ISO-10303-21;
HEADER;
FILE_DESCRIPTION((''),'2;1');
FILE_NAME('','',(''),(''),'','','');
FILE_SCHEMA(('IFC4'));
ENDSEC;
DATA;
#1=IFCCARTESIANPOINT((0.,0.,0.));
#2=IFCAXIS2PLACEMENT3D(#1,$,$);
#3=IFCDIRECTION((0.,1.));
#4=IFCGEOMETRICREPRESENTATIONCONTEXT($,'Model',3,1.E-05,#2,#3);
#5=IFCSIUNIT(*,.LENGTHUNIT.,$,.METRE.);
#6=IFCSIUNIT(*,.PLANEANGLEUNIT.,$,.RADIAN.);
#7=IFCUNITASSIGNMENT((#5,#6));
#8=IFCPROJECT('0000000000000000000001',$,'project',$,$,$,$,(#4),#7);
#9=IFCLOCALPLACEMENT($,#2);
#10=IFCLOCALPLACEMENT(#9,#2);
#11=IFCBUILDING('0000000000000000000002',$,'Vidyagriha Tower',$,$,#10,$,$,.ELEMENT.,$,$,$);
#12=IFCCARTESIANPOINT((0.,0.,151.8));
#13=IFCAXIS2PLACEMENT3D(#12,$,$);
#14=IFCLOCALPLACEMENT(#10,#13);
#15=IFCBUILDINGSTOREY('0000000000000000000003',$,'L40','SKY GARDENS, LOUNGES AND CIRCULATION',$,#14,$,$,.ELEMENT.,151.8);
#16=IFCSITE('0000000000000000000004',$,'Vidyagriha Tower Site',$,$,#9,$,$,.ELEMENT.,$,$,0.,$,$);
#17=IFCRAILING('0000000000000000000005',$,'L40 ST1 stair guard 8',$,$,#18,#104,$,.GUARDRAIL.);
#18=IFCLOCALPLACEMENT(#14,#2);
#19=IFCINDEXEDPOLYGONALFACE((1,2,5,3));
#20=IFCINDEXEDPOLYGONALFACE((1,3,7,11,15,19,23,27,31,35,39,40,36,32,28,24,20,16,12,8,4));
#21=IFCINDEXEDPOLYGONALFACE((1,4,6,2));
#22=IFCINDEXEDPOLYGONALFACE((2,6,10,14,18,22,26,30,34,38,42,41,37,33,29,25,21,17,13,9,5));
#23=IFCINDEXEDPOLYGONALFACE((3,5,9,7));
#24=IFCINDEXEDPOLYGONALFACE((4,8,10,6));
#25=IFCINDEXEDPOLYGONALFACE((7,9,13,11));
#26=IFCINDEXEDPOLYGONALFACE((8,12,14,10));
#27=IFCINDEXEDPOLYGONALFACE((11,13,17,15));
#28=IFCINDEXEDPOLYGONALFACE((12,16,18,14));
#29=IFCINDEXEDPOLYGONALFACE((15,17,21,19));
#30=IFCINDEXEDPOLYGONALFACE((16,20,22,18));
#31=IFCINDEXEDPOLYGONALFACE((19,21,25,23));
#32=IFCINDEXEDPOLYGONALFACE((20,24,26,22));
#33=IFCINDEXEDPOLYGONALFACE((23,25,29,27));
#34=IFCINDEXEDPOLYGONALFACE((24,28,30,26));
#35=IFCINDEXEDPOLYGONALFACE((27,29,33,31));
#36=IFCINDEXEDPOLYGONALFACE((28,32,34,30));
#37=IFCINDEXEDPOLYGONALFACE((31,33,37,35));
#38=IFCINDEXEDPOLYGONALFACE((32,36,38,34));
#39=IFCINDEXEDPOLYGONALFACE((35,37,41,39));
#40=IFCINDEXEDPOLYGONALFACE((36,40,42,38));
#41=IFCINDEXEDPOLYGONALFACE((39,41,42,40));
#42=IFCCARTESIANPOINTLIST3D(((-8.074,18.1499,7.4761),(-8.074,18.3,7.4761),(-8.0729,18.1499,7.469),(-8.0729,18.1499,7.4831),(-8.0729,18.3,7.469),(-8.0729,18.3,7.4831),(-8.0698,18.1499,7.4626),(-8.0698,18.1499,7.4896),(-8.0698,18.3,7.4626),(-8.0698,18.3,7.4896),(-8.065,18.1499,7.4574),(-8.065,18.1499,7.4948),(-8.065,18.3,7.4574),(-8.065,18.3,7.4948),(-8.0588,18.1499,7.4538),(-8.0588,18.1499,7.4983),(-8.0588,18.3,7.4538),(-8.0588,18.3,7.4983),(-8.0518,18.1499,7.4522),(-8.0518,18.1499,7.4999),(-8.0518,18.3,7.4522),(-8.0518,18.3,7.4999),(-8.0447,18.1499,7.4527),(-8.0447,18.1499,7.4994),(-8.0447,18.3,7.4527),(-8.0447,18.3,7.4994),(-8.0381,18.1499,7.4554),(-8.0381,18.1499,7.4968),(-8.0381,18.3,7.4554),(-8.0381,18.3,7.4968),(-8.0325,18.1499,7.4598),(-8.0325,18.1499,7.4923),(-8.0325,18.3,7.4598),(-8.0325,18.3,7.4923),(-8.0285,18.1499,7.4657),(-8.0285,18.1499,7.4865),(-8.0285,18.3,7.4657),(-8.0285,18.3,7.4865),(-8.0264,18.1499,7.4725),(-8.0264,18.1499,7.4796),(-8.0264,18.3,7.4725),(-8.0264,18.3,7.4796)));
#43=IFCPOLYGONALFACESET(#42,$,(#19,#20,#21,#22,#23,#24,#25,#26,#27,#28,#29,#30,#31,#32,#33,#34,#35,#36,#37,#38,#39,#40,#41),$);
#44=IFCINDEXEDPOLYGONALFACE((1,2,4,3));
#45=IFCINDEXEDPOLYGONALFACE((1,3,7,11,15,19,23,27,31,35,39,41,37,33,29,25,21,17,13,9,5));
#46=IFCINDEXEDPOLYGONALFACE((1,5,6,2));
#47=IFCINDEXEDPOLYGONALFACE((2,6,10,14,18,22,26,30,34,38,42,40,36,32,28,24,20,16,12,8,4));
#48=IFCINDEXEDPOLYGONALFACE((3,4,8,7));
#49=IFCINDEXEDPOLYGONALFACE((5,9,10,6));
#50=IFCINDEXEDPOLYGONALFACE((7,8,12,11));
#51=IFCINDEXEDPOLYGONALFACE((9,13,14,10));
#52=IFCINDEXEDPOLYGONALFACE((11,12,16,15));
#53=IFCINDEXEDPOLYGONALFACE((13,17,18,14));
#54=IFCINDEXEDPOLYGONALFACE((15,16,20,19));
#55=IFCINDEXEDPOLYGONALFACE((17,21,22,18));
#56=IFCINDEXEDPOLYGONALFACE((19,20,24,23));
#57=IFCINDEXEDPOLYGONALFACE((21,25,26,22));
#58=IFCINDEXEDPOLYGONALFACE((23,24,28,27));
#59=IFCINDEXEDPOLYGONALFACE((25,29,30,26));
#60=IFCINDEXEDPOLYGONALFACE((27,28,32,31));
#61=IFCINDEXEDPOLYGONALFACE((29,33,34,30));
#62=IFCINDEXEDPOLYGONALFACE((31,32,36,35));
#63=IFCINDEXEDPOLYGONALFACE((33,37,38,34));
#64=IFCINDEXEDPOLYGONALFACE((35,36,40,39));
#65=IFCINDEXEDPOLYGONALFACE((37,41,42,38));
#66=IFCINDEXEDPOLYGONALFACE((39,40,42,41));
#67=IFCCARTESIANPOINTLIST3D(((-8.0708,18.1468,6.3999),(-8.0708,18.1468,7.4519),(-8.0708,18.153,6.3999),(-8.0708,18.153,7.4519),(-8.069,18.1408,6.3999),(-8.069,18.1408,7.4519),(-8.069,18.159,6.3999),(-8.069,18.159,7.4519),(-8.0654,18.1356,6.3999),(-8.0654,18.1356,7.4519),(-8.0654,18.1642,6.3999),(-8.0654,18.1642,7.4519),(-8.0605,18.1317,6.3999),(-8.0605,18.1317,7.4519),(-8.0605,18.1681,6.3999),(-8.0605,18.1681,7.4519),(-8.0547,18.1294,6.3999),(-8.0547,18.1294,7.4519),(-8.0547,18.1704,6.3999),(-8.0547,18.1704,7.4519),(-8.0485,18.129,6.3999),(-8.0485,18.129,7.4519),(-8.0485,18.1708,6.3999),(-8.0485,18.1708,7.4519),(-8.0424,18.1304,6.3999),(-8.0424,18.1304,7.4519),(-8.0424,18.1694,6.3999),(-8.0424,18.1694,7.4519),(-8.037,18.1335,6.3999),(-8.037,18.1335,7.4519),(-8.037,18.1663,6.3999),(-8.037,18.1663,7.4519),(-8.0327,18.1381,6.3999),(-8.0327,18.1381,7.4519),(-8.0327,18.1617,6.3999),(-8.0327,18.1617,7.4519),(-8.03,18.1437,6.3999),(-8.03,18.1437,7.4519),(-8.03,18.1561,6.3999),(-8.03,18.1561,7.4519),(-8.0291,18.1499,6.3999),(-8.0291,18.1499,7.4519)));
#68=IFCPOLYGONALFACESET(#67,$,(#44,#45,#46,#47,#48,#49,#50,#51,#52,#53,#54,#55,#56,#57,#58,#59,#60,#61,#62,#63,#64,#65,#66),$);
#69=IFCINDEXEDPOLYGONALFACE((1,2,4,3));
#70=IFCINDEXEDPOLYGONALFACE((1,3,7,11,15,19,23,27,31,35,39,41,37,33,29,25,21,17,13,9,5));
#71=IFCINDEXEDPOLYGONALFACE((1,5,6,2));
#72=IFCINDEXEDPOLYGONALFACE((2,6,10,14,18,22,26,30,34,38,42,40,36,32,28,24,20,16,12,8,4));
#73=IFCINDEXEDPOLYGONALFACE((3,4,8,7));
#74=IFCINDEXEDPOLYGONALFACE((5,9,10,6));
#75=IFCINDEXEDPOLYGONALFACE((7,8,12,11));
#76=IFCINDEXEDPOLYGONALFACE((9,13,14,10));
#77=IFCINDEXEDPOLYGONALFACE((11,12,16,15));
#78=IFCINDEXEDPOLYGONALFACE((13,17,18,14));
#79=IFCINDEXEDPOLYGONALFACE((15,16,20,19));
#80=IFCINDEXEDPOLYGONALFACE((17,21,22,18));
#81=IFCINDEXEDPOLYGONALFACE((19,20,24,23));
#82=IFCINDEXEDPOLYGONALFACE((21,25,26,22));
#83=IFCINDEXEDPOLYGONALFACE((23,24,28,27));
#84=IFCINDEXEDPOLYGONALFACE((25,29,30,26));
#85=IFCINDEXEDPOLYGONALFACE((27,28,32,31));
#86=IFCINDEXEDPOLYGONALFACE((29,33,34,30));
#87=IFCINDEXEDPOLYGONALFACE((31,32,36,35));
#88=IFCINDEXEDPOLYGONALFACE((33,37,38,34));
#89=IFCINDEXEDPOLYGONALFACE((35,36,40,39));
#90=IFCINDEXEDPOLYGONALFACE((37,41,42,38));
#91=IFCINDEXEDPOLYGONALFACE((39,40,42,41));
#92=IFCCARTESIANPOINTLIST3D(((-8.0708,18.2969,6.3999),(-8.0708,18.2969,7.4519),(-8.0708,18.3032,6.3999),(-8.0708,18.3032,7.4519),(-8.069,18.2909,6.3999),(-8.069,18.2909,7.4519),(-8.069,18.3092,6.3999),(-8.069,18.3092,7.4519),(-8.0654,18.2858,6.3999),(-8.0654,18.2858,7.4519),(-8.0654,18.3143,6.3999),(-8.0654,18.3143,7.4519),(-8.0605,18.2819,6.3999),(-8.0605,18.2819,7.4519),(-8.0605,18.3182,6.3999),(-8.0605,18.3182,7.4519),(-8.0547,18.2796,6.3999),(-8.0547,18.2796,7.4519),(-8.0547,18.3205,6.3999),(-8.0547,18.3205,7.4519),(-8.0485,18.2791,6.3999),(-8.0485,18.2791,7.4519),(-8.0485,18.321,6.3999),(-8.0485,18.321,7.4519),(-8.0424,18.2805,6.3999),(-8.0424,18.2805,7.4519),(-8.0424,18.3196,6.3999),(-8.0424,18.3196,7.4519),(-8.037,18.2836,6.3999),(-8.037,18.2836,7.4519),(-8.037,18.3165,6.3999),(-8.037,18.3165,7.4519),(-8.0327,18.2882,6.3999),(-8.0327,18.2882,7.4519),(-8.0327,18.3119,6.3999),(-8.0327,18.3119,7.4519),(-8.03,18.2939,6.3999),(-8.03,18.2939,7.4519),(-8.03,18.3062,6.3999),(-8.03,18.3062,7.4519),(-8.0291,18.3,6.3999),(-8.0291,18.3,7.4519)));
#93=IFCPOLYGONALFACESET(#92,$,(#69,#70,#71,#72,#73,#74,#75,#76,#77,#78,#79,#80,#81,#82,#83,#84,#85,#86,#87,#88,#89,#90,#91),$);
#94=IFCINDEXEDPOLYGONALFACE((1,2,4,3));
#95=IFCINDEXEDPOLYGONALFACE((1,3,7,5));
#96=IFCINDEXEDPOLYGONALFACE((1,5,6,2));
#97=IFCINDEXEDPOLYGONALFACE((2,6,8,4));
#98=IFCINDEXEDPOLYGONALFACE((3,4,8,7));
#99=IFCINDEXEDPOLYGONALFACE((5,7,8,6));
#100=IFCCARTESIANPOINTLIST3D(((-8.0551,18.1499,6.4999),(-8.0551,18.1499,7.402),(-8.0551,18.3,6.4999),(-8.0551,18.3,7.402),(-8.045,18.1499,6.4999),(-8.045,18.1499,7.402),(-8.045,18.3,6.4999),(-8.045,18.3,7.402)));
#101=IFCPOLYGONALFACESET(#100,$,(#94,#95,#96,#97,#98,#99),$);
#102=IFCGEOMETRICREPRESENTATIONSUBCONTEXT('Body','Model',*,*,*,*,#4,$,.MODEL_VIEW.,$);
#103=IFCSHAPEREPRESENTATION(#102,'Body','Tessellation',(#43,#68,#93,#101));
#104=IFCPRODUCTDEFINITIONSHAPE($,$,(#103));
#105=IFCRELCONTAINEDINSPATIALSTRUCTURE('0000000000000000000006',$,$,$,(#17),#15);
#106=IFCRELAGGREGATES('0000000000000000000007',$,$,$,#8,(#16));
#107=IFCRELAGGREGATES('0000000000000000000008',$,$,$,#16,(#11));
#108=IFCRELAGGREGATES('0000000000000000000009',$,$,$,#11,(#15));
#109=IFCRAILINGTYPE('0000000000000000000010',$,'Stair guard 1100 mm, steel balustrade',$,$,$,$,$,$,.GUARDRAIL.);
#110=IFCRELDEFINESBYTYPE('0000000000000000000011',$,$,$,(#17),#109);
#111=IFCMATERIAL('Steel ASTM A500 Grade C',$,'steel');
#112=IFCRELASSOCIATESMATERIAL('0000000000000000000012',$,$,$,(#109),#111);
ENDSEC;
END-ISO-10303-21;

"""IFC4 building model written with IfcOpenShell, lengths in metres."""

from ifc_helpers import new_model, si_unit, direction, frame, origin, origin_2d, place, context, subcontext, project, spatial, rectangle, circle, extrude, material, type_object, element, save


model = new_model("IFC4")

# Units and contexts
model_context = context("Model", 3, precision=1e-05, world=origin(), true_north=direction((0.0, 1.0)))
body_context = subcontext(model_context, "Body", "Model", "MODEL_VIEW")
ifc_project = project(units=[si_unit("LENGTHUNIT", "METRE"), si_unit("PLANEANGLEUNIT", "RADIAN")], contexts=[model_context])

# Site, building, storey
site_placement = place(None, origin())
site = spatial("IfcSite", under=ifc_project, at=site_placement, Name="Vidyagriha Tower Site", CompositionType="ELEMENT", RefElevation=0.0)
building_placement = place(site_placement, origin())
building = spatial("IfcBuilding", under=site, at=building_placement, Name="Vidyagriha Tower", CompositionType="ELEMENT")
storey_placement = place(building_placement, frame((0.0, 0.0, 151.8)))
storey = spatial("IfcBuildingStorey", under=building, at=storey_placement, Name="L40", Description="SKY GARDENS, LOUNGES AND CIRCULATION", CompositionType="ELEMENT", Elevation=151.8)

# Railing
ifc_material_1 = material(Name="Steel ASTM A500 Grade C", Category="steel")
railing_type_1 = type_object("IfcRailingType", Name="Stair guard 1100 mm, steel balustrade", PredefinedType="GUARDRAIL", material=ifc_material_1)
railing_1_placement = place(storey_placement, frame((-8.05, 18.1499, 6.3999)))
element("IfcRailing", 1, at=railing_1_placement, inside=storey, type_object=railing_type_1, Name="L40 ST1 stair guard 8", PredefinedType="GUARDRAIL", context=body_context, shape_type="SweptSolid", body=[
    extrude(circle(Radius=0.0239, at=origin_2d()), frame((0.0, 0.0, 1.0762), z_axis=(0.0, 1.0, 0.0), x_axis=(-1.0, 0.0, 0.0)), (0.0, 0.0, 1.0), 0.1501),
    extrude(circle(Radius=0.021, at=origin_2d()), origin(), (0.0, 0.0, 1.0), 1.052),
    extrude(circle(Radius=0.021, at=origin_2d()), frame((0.0, 0.1501, 0.0)), (0.0, 0.0, 1.0), 1.052),
    extrude(rectangle(XDim=0.01, YDim=0.9021, at=origin_2d()), frame((0.0, 0.0, 0.551), z_axis=(0.0, 1.0, 0.0), x_axis=(-1.0, 0.0, 0.0)), (0.0, 0.0, 1.0), 0.1501),
])

save(model, "model.ifc")
